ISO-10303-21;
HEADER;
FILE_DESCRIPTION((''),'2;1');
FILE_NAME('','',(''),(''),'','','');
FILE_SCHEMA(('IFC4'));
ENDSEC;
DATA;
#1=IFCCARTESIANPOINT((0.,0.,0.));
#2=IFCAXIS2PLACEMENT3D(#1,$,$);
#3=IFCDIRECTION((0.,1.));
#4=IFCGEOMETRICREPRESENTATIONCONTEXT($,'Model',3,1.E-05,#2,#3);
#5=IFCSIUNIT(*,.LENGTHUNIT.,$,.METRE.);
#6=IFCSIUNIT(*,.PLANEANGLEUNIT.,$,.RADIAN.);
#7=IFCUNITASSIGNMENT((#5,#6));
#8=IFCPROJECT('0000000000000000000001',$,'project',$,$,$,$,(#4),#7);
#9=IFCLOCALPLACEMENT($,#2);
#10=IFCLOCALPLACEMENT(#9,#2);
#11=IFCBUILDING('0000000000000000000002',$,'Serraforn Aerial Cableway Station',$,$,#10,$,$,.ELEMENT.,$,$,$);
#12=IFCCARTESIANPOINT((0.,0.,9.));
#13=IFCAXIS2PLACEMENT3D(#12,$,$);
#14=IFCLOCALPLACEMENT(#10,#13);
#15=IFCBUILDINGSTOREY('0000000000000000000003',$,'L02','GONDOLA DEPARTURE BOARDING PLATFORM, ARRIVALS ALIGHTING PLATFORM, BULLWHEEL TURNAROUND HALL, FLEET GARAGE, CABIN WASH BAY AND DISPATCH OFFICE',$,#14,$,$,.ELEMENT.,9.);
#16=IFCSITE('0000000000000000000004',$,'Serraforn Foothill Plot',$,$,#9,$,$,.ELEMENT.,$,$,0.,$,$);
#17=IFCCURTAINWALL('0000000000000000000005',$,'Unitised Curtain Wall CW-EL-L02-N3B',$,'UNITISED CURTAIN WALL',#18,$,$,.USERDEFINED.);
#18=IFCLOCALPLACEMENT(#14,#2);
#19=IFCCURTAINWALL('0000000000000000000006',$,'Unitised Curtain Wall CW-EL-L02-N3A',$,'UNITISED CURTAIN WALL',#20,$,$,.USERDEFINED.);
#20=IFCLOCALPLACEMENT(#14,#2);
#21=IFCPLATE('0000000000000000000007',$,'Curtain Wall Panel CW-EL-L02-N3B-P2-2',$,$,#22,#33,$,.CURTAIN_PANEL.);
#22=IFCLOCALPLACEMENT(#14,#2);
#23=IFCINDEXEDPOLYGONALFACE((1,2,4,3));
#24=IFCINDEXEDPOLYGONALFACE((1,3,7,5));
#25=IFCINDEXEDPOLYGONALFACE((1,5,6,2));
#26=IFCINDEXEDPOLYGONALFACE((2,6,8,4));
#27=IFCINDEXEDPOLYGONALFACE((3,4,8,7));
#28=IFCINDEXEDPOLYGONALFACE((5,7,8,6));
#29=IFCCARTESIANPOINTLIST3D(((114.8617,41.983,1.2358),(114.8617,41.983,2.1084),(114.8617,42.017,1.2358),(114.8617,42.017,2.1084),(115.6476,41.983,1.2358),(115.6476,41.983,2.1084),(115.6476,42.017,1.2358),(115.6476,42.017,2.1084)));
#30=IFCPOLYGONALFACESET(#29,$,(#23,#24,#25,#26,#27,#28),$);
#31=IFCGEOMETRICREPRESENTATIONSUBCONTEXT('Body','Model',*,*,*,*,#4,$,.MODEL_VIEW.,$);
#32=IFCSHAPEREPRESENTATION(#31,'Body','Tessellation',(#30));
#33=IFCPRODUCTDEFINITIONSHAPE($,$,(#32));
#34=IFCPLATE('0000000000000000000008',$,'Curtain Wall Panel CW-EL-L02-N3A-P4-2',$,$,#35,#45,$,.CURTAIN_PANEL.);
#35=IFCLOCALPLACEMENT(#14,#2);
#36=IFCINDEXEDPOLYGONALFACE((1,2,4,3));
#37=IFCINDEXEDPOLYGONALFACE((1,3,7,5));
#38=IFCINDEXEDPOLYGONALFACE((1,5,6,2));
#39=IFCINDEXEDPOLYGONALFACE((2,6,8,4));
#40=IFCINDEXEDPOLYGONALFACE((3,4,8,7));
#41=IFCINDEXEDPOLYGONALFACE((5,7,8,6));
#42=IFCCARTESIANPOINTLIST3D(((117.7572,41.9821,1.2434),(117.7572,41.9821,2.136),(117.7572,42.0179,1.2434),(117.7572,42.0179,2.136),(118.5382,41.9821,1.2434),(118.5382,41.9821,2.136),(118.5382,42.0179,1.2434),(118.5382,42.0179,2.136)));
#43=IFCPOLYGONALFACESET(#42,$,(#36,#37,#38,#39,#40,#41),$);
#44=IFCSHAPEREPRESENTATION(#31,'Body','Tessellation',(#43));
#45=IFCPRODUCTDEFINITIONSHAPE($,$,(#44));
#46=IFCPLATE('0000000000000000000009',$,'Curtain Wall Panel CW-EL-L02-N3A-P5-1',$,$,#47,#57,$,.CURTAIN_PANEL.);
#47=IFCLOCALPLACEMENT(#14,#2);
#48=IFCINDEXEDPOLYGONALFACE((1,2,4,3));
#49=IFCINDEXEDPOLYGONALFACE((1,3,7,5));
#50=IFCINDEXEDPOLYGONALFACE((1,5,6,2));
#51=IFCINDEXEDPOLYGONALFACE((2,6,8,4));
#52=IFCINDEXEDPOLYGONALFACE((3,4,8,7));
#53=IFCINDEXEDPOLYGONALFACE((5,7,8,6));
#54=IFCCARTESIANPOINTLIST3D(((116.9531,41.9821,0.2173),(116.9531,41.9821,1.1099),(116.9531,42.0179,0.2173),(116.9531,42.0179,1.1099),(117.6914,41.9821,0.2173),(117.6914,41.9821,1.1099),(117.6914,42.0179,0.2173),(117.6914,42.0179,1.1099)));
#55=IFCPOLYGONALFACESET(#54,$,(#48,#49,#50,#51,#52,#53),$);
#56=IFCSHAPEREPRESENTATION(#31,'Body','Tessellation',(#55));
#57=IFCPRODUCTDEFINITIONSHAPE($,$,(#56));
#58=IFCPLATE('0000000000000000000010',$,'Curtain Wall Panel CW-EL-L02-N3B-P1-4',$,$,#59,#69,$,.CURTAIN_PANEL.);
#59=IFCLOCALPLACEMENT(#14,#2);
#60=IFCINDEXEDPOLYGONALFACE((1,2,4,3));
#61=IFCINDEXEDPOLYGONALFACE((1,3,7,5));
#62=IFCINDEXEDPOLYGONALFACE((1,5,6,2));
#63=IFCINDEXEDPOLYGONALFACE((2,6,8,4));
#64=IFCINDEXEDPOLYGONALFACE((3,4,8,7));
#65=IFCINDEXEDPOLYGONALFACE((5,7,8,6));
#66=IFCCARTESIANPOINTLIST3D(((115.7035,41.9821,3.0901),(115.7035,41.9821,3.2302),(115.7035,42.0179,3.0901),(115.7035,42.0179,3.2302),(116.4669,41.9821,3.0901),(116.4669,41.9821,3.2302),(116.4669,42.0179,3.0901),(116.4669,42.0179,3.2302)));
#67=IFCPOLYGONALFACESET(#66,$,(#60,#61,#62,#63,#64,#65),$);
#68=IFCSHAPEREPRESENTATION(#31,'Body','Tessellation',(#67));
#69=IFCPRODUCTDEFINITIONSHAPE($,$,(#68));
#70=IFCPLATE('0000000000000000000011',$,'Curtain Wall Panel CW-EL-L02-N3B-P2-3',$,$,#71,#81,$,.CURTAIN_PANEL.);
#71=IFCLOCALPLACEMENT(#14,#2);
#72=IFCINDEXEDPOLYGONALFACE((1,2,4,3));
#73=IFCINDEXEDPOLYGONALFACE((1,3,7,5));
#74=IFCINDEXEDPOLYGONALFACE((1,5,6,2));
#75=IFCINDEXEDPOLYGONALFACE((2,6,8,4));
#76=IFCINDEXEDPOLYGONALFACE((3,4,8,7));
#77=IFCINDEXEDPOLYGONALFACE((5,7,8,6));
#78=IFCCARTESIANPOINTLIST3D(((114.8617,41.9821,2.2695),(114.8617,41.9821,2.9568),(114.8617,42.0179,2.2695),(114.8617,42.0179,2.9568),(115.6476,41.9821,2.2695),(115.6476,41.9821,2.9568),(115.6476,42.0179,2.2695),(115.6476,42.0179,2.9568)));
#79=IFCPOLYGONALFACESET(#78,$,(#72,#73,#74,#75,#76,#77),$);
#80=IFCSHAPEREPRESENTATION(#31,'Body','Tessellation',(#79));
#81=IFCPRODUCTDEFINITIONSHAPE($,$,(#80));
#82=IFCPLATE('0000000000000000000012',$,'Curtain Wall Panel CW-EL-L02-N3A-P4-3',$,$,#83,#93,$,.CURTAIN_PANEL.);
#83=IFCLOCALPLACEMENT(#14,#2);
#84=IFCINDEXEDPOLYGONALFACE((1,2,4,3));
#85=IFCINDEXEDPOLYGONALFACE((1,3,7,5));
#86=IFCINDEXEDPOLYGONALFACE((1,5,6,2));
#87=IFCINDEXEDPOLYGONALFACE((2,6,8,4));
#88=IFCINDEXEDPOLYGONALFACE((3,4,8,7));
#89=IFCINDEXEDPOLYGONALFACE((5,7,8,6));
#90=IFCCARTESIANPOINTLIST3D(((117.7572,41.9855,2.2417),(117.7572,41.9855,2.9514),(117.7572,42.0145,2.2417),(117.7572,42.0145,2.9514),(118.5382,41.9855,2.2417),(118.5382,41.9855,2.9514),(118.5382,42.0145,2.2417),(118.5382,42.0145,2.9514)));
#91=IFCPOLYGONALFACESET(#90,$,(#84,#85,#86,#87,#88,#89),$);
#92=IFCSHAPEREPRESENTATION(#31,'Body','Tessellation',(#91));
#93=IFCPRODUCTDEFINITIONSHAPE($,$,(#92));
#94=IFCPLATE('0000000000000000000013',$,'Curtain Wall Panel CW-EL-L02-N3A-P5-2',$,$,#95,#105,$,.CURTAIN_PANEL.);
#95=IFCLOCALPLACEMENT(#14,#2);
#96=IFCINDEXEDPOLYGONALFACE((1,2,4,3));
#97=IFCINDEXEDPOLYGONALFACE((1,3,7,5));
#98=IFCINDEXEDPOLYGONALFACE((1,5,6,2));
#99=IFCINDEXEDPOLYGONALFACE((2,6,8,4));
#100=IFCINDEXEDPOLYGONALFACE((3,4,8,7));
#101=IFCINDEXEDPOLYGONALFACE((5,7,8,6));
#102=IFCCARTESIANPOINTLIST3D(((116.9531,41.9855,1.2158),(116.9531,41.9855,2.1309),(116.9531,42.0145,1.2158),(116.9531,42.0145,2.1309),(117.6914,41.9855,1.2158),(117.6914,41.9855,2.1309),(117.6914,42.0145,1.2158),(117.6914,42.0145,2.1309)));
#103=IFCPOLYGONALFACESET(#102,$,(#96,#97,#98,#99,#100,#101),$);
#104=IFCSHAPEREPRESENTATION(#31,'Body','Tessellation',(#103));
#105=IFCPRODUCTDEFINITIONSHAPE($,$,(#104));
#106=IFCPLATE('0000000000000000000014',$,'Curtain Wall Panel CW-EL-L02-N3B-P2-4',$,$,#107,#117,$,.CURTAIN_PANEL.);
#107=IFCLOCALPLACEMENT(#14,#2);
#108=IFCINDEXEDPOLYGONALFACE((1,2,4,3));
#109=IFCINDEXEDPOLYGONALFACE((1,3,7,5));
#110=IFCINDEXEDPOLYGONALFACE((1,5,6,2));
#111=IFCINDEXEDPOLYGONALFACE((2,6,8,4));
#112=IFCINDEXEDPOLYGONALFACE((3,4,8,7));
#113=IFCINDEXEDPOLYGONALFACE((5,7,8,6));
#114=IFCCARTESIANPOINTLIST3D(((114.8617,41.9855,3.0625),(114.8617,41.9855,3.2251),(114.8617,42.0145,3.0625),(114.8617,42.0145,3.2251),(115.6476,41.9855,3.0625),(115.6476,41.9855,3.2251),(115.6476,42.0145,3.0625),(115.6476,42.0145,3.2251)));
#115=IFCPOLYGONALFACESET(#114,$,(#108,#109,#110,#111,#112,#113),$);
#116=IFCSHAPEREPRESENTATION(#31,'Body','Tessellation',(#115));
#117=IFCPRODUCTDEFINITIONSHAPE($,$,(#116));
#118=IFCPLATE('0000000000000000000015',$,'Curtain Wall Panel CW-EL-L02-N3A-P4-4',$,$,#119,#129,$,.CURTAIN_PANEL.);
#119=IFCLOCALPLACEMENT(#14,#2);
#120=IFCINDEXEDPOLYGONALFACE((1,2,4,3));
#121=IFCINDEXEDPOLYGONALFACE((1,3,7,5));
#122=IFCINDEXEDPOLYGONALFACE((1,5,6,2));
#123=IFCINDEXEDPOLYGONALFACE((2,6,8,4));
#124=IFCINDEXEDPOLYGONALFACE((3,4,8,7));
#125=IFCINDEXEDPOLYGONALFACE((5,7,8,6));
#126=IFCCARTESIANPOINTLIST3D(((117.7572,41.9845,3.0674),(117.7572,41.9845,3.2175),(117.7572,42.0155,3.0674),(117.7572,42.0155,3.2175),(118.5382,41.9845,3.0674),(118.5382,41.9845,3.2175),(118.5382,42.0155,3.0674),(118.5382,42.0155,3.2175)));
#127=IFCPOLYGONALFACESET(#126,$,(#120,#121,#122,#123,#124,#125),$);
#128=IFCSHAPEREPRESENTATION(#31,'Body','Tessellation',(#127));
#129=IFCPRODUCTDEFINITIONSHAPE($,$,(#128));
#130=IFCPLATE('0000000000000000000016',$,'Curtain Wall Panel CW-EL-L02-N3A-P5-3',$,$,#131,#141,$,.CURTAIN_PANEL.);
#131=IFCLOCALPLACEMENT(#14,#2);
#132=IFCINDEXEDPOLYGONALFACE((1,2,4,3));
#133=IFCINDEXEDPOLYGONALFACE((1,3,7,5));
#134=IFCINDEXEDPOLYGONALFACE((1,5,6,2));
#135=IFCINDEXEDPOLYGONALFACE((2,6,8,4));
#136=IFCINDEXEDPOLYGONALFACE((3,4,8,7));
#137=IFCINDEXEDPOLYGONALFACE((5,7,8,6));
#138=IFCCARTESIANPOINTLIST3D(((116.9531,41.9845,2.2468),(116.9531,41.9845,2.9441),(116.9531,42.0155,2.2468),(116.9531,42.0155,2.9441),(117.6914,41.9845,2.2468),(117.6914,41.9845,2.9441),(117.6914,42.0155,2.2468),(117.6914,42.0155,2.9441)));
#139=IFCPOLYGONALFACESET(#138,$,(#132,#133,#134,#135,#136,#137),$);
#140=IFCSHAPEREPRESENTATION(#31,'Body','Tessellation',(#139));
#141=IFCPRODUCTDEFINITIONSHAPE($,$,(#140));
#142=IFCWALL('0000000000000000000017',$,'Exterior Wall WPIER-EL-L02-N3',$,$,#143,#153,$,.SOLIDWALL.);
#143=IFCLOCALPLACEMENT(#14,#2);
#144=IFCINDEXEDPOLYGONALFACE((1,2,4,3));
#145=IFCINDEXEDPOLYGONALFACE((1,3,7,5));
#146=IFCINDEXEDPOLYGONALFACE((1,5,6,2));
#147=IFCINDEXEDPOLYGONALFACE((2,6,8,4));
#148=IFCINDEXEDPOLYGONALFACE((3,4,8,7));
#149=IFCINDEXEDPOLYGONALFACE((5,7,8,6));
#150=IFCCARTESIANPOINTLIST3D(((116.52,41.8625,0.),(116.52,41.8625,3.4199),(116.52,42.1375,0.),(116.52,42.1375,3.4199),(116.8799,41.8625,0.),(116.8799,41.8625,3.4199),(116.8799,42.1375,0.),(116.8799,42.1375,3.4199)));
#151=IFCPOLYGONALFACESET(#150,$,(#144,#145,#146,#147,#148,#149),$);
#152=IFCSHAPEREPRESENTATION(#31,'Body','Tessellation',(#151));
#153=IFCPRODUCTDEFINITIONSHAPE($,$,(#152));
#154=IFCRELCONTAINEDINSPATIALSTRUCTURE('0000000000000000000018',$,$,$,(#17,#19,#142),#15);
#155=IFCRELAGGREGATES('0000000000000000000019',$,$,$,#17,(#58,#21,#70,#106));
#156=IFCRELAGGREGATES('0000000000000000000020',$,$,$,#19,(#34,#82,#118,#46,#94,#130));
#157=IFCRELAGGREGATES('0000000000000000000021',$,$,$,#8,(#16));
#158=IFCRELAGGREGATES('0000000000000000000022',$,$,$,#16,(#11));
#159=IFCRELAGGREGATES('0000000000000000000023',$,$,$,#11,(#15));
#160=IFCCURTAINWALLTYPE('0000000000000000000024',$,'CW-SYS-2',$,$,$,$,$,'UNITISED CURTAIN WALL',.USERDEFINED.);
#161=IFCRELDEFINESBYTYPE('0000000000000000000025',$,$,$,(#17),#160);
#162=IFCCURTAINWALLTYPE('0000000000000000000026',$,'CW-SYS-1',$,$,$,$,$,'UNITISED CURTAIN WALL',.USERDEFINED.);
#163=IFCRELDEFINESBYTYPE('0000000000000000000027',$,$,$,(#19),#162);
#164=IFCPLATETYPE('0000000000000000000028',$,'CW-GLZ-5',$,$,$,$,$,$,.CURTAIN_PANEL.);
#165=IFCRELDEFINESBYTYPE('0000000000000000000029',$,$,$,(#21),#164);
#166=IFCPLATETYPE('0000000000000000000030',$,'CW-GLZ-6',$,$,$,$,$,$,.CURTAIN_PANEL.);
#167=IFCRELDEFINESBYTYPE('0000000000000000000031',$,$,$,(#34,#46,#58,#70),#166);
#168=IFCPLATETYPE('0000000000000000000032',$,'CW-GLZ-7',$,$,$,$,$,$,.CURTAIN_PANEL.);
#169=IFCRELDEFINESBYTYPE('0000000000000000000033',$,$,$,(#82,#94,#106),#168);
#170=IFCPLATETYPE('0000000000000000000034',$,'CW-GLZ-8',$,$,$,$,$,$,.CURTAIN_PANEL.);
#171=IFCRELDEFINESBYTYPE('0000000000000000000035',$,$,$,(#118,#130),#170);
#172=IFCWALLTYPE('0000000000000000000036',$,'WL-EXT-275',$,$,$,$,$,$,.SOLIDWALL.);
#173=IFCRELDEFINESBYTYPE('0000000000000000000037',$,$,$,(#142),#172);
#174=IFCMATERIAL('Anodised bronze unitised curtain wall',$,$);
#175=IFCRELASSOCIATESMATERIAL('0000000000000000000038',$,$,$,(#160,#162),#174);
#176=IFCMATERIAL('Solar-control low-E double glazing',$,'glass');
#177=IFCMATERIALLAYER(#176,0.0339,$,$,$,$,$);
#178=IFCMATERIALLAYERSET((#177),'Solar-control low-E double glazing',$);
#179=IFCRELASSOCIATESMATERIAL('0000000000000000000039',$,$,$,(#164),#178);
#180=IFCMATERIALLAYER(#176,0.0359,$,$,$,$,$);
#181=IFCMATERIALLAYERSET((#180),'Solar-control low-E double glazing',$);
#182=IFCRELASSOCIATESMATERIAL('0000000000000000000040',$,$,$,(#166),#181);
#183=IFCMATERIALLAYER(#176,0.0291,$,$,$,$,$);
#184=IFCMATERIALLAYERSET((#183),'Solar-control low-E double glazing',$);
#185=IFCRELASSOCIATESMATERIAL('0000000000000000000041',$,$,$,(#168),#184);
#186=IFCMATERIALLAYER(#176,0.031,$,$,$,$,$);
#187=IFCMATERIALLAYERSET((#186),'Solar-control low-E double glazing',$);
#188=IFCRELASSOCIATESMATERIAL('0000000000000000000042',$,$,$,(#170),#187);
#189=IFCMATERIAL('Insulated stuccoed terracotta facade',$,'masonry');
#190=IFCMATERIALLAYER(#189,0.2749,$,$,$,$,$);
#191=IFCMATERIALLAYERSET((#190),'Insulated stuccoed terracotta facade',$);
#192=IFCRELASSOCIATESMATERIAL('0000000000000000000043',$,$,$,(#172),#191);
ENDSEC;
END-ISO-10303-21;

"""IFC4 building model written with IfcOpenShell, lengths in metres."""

from ifc_helpers import new_model, si_unit, direction, frame, frame_2d, origin, origin_2d, place, context, subcontext, project, spatial, rectangle, extrude, material, layer, layer_set, type_object, element, aggregate, save


model = new_model("IFC4")

# Units and contexts
model_context = context("Model", 3, precision=1e-05, world=origin(), true_north=direction((0.0, 1.0)))
body_context = subcontext(model_context, "Body", "Model", "MODEL_VIEW")
ifc_project = project(units=[si_unit("LENGTHUNIT", "METRE"), si_unit("PLANEANGLEUNIT", "RADIAN")], contexts=[model_context])

# Site, building, storey
site_placement = place(None, origin())
site = spatial("IfcSite", under=ifc_project, at=site_placement, Name="Serraforn Foothill Plot", CompositionType="ELEMENT", RefElevation=0.0)
building_placement = place(site_placement, origin())
building = spatial("IfcBuilding", under=site, at=building_placement, Name="Serraforn Aerial Cableway Station", CompositionType="ELEMENT")
storey_placement = place(building_placement, frame((0.0, 0.0, 9.0)))
storey = spatial("IfcBuildingStorey", under=building, at=storey_placement, Name="L02", Description="GONDOLA DEPARTURE BOARDING PLATFORM, ARRIVALS ALIGHTING PLATFORM, BULLWHEEL TURNAROUND HALL, FLEET GARAGE, CABIN WASH BAY AND DISPATCH OFFICE", CompositionType="ELEMENT", Elevation=9.0)

# Curtain walls
ifc_material_1 = material(Name="Anodised bronze unitised curtain wall")
curtain_wall_type_1 = type_object("IfcCurtainWallType", Name="CW-SYS-2", ElementType="UNITISED CURTAIN WALL", PredefinedType="USERDEFINED", material=ifc_material_1)
curtain_wall_1_placement = place(storey_placement, origin())
curtain_wall_1 = element("IfcCurtainWall", 1, at=curtain_wall_1_placement, inside=storey, type_object=curtain_wall_type_1, Name="Unitised Curtain Wall CW-EL-L02-N3B", ObjectType="UNITISED CURTAIN WALL", PredefinedType="USERDEFINED")
curtain_wall_type_2 = type_object("IfcCurtainWallType", Name="CW-SYS-1", ElementType="UNITISED CURTAIN WALL", PredefinedType="USERDEFINED", material=ifc_material_1)
curtain_wall_2_placement = place(storey_placement, origin())
curtain_wall_2 = element("IfcCurtainWall", 2, at=curtain_wall_2_placement, inside=storey, type_object=curtain_wall_type_2, Name="Unitised Curtain Wall CW-EL-L02-N3A", ObjectType="UNITISED CURTAIN WALL", PredefinedType="USERDEFINED")

# Plates
ifc_material_2 = material(Name="Solar-control low-E double glazing", Category="glass")
ifc_layer_1 = layer(ifc_material_2, 0.0339)
ifc_layer_set_1 = layer_set([ifc_layer_1], Name="Solar-control low-E double glazing")
plate_type_1 = type_object("IfcPlateType", Name="CW-GLZ-5", PredefinedType="CURTAIN_PANEL", material=ifc_layer_set_1)
plate_1_placement = place(storey_placement, frame((115.2546, 42.0, 1.2358), z_axis=(0.0, 0.0, 1.0), x_axis=(1.0, 0.0, 0.0)))
plate_1 = element("IfcPlate", 3, at=plate_1_placement, type_object=plate_type_1, Name="Curtain Wall Panel CW-EL-L02-N3B-P2-2", PredefinedType="CURTAIN_PANEL", context=body_context, shape_type="SweptSolid", body=[
    extrude(rectangle(XDim=0.7859, YDim=0.0339, at=origin_2d()), origin(), (0.0, 0.0, 1.0), 0.8726),
])
ifc_layer_2 = layer(ifc_material_2, 0.0359)
ifc_layer_set_2 = layer_set([ifc_layer_2], Name="Solar-control low-E double glazing")
plate_type_2 = type_object("IfcPlateType", Name="CW-GLZ-6", PredefinedType="CURTAIN_PANEL", material=ifc_layer_set_2)
plate_2_placement = place(storey_placement, frame((118.1477, 42.0, 1.2434), z_axis=(0.0, 0.0, 1.0), x_axis=(1.0, 0.0, 0.0)))
plate_2 = element("IfcPlate", 4, at=plate_2_placement, type_object=plate_type_2, Name="Curtain Wall Panel CW-EL-L02-N3A-P4-2", PredefinedType="CURTAIN_PANEL", context=body_context, shape_type="SweptSolid", body=[
    extrude(rectangle(XDim=0.781, YDim=0.0359, at=origin_2d()), origin(), (0.0, 0.0, 1.0), 0.8926),
])
plate_3_placement = place(storey_placement, frame((117.3223, 42.0, 0.2173), z_axis=(0.0, 0.0, 1.0), x_axis=(1.0, 0.0, 0.0)))
plate_3 = element("IfcPlate", 5, at=plate_3_placement, type_object=plate_type_2, Name="Curtain Wall Panel CW-EL-L02-N3A-P5-1", PredefinedType="CURTAIN_PANEL", context=body_context, shape_type="SweptSolid", body=[
    extrude(rectangle(XDim=0.7383, YDim=0.0359, at=origin_2d()), origin(), (0.0, 0.0, 1.0), 0.8926),
])
plate_4_placement = place(storey_placement, frame((116.0852, 42.0, 3.0901), z_axis=(0.0, 0.0, 1.0), x_axis=(1.0, 0.0, 0.0)))
plate_4 = element("IfcPlate", 6, at=plate_4_placement, type_object=plate_type_2, Name="Curtain Wall Panel CW-EL-L02-N3B-P1-4", PredefinedType="CURTAIN_PANEL", context=body_context, shape_type="SweptSolid", body=[
    extrude(rectangle(XDim=0.7634, YDim=0.0359, at=origin_2d()), origin(), (0.0, 0.0, 1.0), 0.1401),
])
plate_5_placement = place(storey_placement, frame((115.2546, 42.0, 2.2695), z_axis=(0.0, 0.0, 1.0), x_axis=(1.0, 0.0, 0.0)))
plate_5 = element("IfcPlate", 7, at=plate_5_placement, type_object=plate_type_2, Name="Curtain Wall Panel CW-EL-L02-N3B-P2-3", PredefinedType="CURTAIN_PANEL", context=body_context, shape_type="SweptSolid", body=[
    extrude(rectangle(XDim=0.7859, YDim=0.0359, at=origin_2d()), origin(), (0.0, 0.0, 1.0), 0.6873),
])
ifc_layer_3 = layer(ifc_material_2, 0.0291)
ifc_layer_set_3 = layer_set([ifc_layer_3], Name="Solar-control low-E double glazing")
plate_type_3 = type_object("IfcPlateType", Name="CW-GLZ-7", PredefinedType="CURTAIN_PANEL", material=ifc_layer_set_3)
plate_6_placement = place(storey_placement, frame((118.1477, 42.0, 2.2417), z_axis=(0.0, 0.0, 1.0), x_axis=(1.0, 0.0, 0.0)))
plate_6 = element("IfcPlate", 8, at=plate_6_placement, type_object=plate_type_3, Name="Curtain Wall Panel CW-EL-L02-N3A-P4-3", PredefinedType="CURTAIN_PANEL", context=body_context, shape_type="SweptSolid", body=[
    extrude(rectangle(XDim=0.781, YDim=0.0291, at=origin_2d()), origin(), (0.0, 0.0, 1.0), 0.7097),
])
plate_7_placement = place(storey_placement, frame((117.3223, 42.0, 1.2158), z_axis=(0.0, 0.0, 1.0), x_axis=(1.0, 0.0, 0.0)))
plate_7 = element("IfcPlate", 9, at=plate_7_placement, type_object=plate_type_3, Name="Curtain Wall Panel CW-EL-L02-N3A-P5-2", PredefinedType="CURTAIN_PANEL", context=body_context, shape_type="SweptSolid", body=[
    extrude(rectangle(XDim=0.7383, YDim=0.0291, at=origin_2d()), origin(), (0.0, 0.0, 1.0), 0.915),
])
plate_8_placement = place(storey_placement, frame((115.2546, 42.0, 3.0625), z_axis=(0.0, 0.0, 1.0), x_axis=(1.0, 0.0, 0.0)))
plate_8 = element("IfcPlate", 10, at=plate_8_placement, type_object=plate_type_3, Name="Curtain Wall Panel CW-EL-L02-N3B-P2-4", PredefinedType="CURTAIN_PANEL", context=body_context, shape_type="SweptSolid", body=[
    extrude(rectangle(XDim=0.7859, YDim=0.0291, at=origin_2d()), origin(), (0.0, 0.0, 1.0), 0.1626),
])
aggregate(curtain_wall_1, [plate_4, plate_1, plate_5, plate_8])
ifc_layer_4 = layer(ifc_material_2, 0.031)
ifc_layer_set_4 = layer_set([ifc_layer_4], Name="Solar-control low-E double glazing")
plate_type_4 = type_object("IfcPlateType", Name="CW-GLZ-8", PredefinedType="CURTAIN_PANEL", material=ifc_layer_set_4)
plate_9_placement = place(storey_placement, frame((118.1477, 42.0, 3.0674), z_axis=(0.0, 0.0, 1.0), x_axis=(1.0, 0.0, 0.0)))
plate_9 = element("IfcPlate", 11, at=plate_9_placement, type_object=plate_type_4, Name="Curtain Wall Panel CW-EL-L02-N3A-P4-4", PredefinedType="CURTAIN_PANEL", context=body_context, shape_type="SweptSolid", body=[
    extrude(rectangle(XDim=0.781, YDim=0.031, at=origin_2d()), origin(), (0.0, 0.0, 1.0), 0.1501),
])
plate_10_placement = place(storey_placement, frame((117.3223, 42.0, 2.2468), z_axis=(0.0, 0.0, 1.0), x_axis=(1.0, 0.0, 0.0)))
plate_10 = element("IfcPlate", 12, at=plate_10_placement, type_object=plate_type_4, Name="Curtain Wall Panel CW-EL-L02-N3A-P5-3", PredefinedType="CURTAIN_PANEL", context=body_context, shape_type="SweptSolid", body=[
    extrude(rectangle(XDim=0.7383, YDim=0.031, at=origin_2d()), origin(), (0.0, 0.0, 1.0), 0.6973),
])
aggregate(curtain_wall_2, [plate_2, plate_6, plate_9, plate_3, plate_7, plate_10])

# Wall
ifc_material_3 = material(Name="Insulated stuccoed terracotta facade", Category="masonry")
ifc_layer_5 = layer(ifc_material_3, 0.2749)
ifc_layer_set_5 = layer_set([ifc_layer_5], Name="Insulated stuccoed terracotta facade")
wall_type = type_object("IfcWallType", Name="WL-EXT-275", PredefinedType="SOLIDWALL", material=ifc_layer_set_5)
wall_placement = place(storey_placement, frame((116.8799, 42.0, 0.0), z_axis=(0.0, 0.0, 1.0), x_axis=(-1.0, 0.0, 0.0)))
element("IfcWall", 13, at=wall_placement, inside=storey, type_object=wall_type, Name="Exterior Wall WPIER-EL-L02-N3", PredefinedType="SOLIDWALL", context=body_context, shape_type="SweptSolid", body=[
    extrude(rectangle(XDim=0.3599, YDim=0.2749, at=frame_2d((0.1799, 0.0))), origin(), (0.0, 0.0, 1.0), 3.4199),
])

save(model, "model.ifc")
